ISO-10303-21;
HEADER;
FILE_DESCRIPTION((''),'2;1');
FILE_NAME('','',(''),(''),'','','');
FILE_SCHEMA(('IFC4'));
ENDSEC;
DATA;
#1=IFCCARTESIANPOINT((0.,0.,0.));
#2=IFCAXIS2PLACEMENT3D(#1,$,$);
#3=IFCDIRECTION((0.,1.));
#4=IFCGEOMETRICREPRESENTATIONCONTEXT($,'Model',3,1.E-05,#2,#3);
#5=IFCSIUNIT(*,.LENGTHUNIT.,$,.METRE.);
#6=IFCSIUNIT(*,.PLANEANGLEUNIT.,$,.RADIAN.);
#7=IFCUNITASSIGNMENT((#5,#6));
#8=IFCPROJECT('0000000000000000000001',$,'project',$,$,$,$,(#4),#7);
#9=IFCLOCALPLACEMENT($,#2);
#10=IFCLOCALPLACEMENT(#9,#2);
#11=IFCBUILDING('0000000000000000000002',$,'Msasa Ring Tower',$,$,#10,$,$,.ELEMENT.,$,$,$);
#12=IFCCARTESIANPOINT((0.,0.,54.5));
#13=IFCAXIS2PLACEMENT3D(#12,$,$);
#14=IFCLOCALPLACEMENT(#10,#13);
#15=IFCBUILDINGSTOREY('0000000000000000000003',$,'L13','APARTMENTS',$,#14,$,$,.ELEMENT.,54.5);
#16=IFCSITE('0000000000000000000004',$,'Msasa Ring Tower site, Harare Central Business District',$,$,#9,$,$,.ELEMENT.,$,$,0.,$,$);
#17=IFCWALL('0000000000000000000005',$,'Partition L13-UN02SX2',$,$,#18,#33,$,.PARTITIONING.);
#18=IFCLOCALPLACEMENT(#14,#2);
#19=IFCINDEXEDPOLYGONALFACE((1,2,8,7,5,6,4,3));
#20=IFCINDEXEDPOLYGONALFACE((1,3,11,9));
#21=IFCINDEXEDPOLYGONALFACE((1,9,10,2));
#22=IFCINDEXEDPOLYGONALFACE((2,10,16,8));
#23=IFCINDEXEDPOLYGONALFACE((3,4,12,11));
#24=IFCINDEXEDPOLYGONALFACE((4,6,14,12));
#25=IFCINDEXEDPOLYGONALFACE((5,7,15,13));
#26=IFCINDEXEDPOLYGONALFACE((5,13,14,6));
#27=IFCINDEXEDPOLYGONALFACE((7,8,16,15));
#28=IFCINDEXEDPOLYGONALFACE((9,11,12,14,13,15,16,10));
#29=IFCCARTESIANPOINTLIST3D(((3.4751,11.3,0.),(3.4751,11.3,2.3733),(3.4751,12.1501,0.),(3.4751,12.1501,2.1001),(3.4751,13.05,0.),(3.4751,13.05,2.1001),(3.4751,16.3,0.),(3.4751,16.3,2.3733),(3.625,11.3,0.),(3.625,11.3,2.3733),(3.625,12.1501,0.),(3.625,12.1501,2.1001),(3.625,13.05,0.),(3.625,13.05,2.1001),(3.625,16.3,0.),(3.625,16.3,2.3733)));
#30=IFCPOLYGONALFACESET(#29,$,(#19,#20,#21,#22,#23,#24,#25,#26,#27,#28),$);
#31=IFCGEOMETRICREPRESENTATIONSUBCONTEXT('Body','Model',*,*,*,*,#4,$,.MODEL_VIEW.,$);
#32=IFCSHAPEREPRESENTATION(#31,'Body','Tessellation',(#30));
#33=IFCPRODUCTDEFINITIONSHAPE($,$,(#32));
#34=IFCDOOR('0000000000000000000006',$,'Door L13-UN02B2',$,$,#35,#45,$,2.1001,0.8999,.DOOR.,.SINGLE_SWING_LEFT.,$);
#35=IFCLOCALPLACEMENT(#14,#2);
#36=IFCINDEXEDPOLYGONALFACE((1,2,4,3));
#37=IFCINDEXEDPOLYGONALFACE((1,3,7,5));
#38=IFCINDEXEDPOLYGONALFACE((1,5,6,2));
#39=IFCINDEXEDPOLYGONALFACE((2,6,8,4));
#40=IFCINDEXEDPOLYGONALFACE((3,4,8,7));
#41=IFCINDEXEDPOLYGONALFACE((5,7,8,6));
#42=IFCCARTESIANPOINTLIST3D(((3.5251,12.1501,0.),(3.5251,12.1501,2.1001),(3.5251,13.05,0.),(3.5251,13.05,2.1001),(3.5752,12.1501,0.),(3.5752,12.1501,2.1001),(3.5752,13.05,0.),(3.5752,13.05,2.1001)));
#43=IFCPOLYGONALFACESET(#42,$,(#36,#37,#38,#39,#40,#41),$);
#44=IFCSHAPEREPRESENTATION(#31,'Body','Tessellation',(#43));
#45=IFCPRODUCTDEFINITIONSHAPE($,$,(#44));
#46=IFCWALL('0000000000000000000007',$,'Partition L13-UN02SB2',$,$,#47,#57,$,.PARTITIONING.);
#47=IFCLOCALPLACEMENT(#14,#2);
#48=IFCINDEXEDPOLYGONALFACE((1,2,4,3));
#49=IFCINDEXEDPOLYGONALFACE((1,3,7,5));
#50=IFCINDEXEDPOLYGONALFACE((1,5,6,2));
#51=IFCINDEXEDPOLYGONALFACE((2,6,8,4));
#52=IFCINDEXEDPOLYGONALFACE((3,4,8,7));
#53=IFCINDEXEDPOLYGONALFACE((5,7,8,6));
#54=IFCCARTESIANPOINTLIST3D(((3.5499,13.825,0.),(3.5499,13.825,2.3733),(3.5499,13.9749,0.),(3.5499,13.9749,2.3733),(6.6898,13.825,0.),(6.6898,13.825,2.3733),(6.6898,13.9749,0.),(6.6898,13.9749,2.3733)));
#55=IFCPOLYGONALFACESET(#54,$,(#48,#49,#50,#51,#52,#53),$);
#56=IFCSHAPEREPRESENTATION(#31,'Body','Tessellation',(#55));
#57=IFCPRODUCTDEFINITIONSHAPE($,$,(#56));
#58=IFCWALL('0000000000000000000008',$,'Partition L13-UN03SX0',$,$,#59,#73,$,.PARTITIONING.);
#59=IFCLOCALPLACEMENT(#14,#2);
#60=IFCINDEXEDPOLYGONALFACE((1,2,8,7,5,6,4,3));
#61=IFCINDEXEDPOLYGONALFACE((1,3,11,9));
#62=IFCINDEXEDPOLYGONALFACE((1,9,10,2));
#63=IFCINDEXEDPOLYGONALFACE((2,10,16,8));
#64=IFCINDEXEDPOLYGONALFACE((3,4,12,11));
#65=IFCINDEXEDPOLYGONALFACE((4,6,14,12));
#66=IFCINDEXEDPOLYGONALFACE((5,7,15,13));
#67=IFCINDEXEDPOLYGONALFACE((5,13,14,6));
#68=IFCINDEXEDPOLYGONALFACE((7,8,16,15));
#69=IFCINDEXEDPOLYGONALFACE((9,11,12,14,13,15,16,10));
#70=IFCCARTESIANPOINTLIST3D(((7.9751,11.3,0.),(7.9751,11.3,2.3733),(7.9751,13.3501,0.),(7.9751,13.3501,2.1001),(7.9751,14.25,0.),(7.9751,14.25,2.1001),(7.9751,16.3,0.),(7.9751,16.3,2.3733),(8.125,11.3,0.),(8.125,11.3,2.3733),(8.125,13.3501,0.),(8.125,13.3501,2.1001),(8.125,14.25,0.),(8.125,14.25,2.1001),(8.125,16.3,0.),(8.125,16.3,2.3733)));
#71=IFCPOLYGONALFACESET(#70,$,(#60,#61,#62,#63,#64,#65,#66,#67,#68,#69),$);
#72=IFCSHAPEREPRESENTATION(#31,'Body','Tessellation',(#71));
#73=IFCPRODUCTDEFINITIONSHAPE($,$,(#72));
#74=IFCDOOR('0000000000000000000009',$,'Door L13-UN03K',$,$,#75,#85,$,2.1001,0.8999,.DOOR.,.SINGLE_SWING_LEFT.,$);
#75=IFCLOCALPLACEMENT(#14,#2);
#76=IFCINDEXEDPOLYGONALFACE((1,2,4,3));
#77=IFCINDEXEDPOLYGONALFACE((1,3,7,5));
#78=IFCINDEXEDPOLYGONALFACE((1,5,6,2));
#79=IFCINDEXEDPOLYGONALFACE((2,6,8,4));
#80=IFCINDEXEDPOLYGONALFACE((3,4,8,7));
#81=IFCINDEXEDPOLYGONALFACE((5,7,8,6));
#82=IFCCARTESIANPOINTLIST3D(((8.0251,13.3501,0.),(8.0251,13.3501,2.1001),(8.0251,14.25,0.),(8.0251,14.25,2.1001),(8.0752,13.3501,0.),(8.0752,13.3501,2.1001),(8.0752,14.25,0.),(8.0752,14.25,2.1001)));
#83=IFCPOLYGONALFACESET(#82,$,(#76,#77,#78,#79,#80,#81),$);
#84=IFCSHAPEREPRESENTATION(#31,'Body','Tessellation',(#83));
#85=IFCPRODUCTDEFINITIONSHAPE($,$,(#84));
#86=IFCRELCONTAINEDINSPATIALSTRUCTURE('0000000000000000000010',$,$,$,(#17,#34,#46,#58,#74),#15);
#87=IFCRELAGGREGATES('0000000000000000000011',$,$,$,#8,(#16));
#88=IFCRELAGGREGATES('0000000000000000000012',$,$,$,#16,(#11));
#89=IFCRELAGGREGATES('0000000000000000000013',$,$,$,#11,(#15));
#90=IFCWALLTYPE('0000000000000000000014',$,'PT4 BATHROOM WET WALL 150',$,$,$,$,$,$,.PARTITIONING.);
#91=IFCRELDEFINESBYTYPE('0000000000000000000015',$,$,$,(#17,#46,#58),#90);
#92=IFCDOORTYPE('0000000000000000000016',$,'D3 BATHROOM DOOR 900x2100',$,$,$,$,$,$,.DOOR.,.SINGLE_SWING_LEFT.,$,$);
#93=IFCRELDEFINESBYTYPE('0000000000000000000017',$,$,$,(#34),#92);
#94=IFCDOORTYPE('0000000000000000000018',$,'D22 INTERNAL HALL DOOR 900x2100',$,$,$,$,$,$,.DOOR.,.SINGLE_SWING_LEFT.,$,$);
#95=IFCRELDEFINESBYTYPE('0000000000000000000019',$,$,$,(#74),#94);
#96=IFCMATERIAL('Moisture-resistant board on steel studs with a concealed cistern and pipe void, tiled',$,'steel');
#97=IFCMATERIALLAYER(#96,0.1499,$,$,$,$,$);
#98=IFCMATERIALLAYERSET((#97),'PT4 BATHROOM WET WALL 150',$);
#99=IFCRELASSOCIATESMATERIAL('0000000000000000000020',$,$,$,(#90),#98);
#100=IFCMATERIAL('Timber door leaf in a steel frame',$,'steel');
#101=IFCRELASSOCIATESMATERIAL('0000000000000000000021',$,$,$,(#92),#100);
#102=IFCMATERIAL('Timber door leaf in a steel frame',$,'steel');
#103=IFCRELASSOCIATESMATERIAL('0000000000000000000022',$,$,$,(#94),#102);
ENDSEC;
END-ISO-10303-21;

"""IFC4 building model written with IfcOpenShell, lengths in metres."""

from ifc_helpers import new_model, si_unit, direction, frame, frame_2d, origin, place, context, subcontext, project, spatial, rectangle, extrude, material, layer, layer_set, type_object, element, fill, save


model = new_model("IFC4")

# Units and contexts
model_context = context("Model", 3, precision=1e-05, world=origin(), true_north=direction((0.0, 1.0)))
body_context = subcontext(model_context, "Body", "Model", "MODEL_VIEW")
ifc_project = project(units=[si_unit("LENGTHUNIT", "METRE"), si_unit("PLANEANGLEUNIT", "RADIAN")], contexts=[model_context])

# Site, building, storey
site_placement = place(None, origin())
site = spatial("IfcSite", under=ifc_project, at=site_placement, Name="Msasa Ring Tower site, Harare Central Business District", CompositionType="ELEMENT", RefElevation=0.0)
building_placement = place(site_placement, origin())
building = spatial("IfcBuilding", under=site, at=building_placement, Name="Msasa Ring Tower", CompositionType="ELEMENT")
storey_placement = place(building_placement, frame((0.0, 0.0, 54.5)))
storey = spatial("IfcBuildingStorey", under=building, at=storey_placement, Name="L13", Description="APARTMENTS", CompositionType="ELEMENT", Elevation=54.5)

# Wall, opening, door
ifc_material_1 = material(Name="Moisture-resistant board on steel studs with a concealed cistern and pipe void, tiled", Category="steel")
ifc_layer_1 = layer(ifc_material_1, 0.1499)
ifc_layer_set_1 = layer_set([ifc_layer_1], Name="PT4 BATHROOM WET WALL 150")
wall_type_1 = type_object("IfcWallType", Name="PT4 BATHROOM WET WALL 150", PredefinedType="PARTITIONING", material=ifc_layer_set_1)
wall_1_placement = place(storey_placement, frame((3.55, 11.3, 0.0), z_axis=(0.0, 0.0, 1.0), x_axis=(0.0, 1.0, 0.0)))
wall_1 = element("IfcWall", 1, at=wall_1_placement, inside=storey, type_object=wall_type_1, Name="Partition L13-UN02SX2", PredefinedType="PARTITIONING", context=body_context, shape_type="SweptSolid", body=[
    extrude(rectangle(XDim=5.0, YDim=0.1499, at=frame_2d((2.5, 0.0))), origin(), (0.0, 0.0, 1.0), 2.3733),
])
opening_1_placement = place(wall_1_placement, frame((0.8501, 0.0, 0.0)))
opening_1 = element("IfcOpeningElement", 2, at=opening_1_placement, cuts=wall_1, PredefinedType="OPENING", context=body_context, shape_type="SweptSolid", body=[
    extrude(rectangle(XDim=0.8999, YDim=2.1001, at=frame_2d((0.45, 1.05))), frame((0.0, 0.085, 0.0), z_axis=(0.0, -1.0, 0.0), x_axis=(1.0, 0.0, 0.0)), (0.0, 0.0, 1.0), 0.1699),
])
ifc_material_2 = material(Name="Timber door leaf in a steel frame", Category="steel")
door_type_1 = type_object("IfcDoorType", Name="D3 BATHROOM DOOR 900x2100", OperationType="SINGLE_SWING_LEFT", PredefinedType="DOOR", material=ifc_material_2)
door_1_placement = place(opening_1_placement, origin())
door_1 = element("IfcDoor", 3, at=door_1_placement, inside=storey, type_object=door_type_1, Name="Door L13-UN02B2", OperationType="SINGLE_SWING_LEFT", OverallHeight=2.1001, OverallWidth=0.8999, PredefinedType="DOOR", context=body_context, shape_type="SweptSolid", body=[
    extrude(rectangle(XDim=0.8999, YDim=2.1001, at=frame_2d((0.45, 1.05))), frame((0.0, 0.0249, 0.0), z_axis=(0.0, -1.0, 0.0), x_axis=(1.0, 0.0, 0.0)), (0.0, 0.0, 1.0), 0.05),
])
fill(opening_1, door_1)

# Wall
wall_2_placement = place(storey_placement, frame((3.55, 13.8999, 0.0), z_axis=(0.0, 0.0, 1.0), x_axis=(1.0, 0.0, 0.0)))
element("IfcWall", 4, at=wall_2_placement, inside=storey, type_object=wall_type_1, Name="Partition L13-UN02SB2", PredefinedType="PARTITIONING", context=body_context, shape_type="SweptSolid", body=[
    extrude(rectangle(XDim=3.1399, YDim=0.1499, at=frame_2d((1.5698, 0.0))), origin(), (0.0, 0.0, 1.0), 2.3733),
])

# Wall, opening, door
wall_3_placement = place(storey_placement, frame((8.05, 11.3, 0.0), z_axis=(0.0, 0.0, 1.0), x_axis=(0.0, 1.0, 0.0)))
wall_3 = element("IfcWall", 5, at=wall_3_placement, inside=storey, type_object=wall_type_1, Name="Partition L13-UN03SX0", PredefinedType="PARTITIONING", context=body_context, shape_type="SweptSolid", body=[
    extrude(rectangle(XDim=5.0, YDim=0.1499, at=frame_2d((2.5, 0.0))), origin(), (0.0, 0.0, 1.0), 2.3733),
])
opening_2_placement = place(wall_3_placement, frame((2.05, 0.0, 0.0)))
opening_2 = element("IfcOpeningElement", 6, at=opening_2_placement, cuts=wall_3, PredefinedType="OPENING", context=body_context, shape_type="SweptSolid", body=[
    extrude(rectangle(XDim=0.8999, YDim=2.1001, at=frame_2d((0.45, 1.05))), frame((0.0, 0.085, 0.0), z_axis=(0.0, -1.0, 0.0), x_axis=(1.0, 0.0, 0.0)), (0.0, 0.0, 1.0), 0.1699),
])
ifc_material_3 = material(Name="Timber door leaf in a steel frame", Category="steel")
door_type_2 = type_object("IfcDoorType", Name="D22 INTERNAL HALL DOOR 900x2100", OperationType="SINGLE_SWING_LEFT", PredefinedType="DOOR", material=ifc_material_3)
door_2_placement = place(opening_2_placement, origin())
door_2 = element("IfcDoor", 7, at=door_2_placement, inside=storey, type_object=door_type_2, Name="Door L13-UN03K", OperationType="SINGLE_SWING_LEFT", OverallHeight=2.1001, OverallWidth=0.8999, PredefinedType="DOOR", context=body_context, shape_type="SweptSolid", body=[
    extrude(rectangle(XDim=0.8999, YDim=2.1001, at=frame_2d((0.45, 1.05))), frame((0.0, 0.0249, 0.0), z_axis=(0.0, -1.0, 0.0), x_axis=(1.0, 0.0, 0.0)), (0.0, 0.0, 1.0), 0.05),
])
fill(opening_2, door_2)

save(model, "model.ifc")
